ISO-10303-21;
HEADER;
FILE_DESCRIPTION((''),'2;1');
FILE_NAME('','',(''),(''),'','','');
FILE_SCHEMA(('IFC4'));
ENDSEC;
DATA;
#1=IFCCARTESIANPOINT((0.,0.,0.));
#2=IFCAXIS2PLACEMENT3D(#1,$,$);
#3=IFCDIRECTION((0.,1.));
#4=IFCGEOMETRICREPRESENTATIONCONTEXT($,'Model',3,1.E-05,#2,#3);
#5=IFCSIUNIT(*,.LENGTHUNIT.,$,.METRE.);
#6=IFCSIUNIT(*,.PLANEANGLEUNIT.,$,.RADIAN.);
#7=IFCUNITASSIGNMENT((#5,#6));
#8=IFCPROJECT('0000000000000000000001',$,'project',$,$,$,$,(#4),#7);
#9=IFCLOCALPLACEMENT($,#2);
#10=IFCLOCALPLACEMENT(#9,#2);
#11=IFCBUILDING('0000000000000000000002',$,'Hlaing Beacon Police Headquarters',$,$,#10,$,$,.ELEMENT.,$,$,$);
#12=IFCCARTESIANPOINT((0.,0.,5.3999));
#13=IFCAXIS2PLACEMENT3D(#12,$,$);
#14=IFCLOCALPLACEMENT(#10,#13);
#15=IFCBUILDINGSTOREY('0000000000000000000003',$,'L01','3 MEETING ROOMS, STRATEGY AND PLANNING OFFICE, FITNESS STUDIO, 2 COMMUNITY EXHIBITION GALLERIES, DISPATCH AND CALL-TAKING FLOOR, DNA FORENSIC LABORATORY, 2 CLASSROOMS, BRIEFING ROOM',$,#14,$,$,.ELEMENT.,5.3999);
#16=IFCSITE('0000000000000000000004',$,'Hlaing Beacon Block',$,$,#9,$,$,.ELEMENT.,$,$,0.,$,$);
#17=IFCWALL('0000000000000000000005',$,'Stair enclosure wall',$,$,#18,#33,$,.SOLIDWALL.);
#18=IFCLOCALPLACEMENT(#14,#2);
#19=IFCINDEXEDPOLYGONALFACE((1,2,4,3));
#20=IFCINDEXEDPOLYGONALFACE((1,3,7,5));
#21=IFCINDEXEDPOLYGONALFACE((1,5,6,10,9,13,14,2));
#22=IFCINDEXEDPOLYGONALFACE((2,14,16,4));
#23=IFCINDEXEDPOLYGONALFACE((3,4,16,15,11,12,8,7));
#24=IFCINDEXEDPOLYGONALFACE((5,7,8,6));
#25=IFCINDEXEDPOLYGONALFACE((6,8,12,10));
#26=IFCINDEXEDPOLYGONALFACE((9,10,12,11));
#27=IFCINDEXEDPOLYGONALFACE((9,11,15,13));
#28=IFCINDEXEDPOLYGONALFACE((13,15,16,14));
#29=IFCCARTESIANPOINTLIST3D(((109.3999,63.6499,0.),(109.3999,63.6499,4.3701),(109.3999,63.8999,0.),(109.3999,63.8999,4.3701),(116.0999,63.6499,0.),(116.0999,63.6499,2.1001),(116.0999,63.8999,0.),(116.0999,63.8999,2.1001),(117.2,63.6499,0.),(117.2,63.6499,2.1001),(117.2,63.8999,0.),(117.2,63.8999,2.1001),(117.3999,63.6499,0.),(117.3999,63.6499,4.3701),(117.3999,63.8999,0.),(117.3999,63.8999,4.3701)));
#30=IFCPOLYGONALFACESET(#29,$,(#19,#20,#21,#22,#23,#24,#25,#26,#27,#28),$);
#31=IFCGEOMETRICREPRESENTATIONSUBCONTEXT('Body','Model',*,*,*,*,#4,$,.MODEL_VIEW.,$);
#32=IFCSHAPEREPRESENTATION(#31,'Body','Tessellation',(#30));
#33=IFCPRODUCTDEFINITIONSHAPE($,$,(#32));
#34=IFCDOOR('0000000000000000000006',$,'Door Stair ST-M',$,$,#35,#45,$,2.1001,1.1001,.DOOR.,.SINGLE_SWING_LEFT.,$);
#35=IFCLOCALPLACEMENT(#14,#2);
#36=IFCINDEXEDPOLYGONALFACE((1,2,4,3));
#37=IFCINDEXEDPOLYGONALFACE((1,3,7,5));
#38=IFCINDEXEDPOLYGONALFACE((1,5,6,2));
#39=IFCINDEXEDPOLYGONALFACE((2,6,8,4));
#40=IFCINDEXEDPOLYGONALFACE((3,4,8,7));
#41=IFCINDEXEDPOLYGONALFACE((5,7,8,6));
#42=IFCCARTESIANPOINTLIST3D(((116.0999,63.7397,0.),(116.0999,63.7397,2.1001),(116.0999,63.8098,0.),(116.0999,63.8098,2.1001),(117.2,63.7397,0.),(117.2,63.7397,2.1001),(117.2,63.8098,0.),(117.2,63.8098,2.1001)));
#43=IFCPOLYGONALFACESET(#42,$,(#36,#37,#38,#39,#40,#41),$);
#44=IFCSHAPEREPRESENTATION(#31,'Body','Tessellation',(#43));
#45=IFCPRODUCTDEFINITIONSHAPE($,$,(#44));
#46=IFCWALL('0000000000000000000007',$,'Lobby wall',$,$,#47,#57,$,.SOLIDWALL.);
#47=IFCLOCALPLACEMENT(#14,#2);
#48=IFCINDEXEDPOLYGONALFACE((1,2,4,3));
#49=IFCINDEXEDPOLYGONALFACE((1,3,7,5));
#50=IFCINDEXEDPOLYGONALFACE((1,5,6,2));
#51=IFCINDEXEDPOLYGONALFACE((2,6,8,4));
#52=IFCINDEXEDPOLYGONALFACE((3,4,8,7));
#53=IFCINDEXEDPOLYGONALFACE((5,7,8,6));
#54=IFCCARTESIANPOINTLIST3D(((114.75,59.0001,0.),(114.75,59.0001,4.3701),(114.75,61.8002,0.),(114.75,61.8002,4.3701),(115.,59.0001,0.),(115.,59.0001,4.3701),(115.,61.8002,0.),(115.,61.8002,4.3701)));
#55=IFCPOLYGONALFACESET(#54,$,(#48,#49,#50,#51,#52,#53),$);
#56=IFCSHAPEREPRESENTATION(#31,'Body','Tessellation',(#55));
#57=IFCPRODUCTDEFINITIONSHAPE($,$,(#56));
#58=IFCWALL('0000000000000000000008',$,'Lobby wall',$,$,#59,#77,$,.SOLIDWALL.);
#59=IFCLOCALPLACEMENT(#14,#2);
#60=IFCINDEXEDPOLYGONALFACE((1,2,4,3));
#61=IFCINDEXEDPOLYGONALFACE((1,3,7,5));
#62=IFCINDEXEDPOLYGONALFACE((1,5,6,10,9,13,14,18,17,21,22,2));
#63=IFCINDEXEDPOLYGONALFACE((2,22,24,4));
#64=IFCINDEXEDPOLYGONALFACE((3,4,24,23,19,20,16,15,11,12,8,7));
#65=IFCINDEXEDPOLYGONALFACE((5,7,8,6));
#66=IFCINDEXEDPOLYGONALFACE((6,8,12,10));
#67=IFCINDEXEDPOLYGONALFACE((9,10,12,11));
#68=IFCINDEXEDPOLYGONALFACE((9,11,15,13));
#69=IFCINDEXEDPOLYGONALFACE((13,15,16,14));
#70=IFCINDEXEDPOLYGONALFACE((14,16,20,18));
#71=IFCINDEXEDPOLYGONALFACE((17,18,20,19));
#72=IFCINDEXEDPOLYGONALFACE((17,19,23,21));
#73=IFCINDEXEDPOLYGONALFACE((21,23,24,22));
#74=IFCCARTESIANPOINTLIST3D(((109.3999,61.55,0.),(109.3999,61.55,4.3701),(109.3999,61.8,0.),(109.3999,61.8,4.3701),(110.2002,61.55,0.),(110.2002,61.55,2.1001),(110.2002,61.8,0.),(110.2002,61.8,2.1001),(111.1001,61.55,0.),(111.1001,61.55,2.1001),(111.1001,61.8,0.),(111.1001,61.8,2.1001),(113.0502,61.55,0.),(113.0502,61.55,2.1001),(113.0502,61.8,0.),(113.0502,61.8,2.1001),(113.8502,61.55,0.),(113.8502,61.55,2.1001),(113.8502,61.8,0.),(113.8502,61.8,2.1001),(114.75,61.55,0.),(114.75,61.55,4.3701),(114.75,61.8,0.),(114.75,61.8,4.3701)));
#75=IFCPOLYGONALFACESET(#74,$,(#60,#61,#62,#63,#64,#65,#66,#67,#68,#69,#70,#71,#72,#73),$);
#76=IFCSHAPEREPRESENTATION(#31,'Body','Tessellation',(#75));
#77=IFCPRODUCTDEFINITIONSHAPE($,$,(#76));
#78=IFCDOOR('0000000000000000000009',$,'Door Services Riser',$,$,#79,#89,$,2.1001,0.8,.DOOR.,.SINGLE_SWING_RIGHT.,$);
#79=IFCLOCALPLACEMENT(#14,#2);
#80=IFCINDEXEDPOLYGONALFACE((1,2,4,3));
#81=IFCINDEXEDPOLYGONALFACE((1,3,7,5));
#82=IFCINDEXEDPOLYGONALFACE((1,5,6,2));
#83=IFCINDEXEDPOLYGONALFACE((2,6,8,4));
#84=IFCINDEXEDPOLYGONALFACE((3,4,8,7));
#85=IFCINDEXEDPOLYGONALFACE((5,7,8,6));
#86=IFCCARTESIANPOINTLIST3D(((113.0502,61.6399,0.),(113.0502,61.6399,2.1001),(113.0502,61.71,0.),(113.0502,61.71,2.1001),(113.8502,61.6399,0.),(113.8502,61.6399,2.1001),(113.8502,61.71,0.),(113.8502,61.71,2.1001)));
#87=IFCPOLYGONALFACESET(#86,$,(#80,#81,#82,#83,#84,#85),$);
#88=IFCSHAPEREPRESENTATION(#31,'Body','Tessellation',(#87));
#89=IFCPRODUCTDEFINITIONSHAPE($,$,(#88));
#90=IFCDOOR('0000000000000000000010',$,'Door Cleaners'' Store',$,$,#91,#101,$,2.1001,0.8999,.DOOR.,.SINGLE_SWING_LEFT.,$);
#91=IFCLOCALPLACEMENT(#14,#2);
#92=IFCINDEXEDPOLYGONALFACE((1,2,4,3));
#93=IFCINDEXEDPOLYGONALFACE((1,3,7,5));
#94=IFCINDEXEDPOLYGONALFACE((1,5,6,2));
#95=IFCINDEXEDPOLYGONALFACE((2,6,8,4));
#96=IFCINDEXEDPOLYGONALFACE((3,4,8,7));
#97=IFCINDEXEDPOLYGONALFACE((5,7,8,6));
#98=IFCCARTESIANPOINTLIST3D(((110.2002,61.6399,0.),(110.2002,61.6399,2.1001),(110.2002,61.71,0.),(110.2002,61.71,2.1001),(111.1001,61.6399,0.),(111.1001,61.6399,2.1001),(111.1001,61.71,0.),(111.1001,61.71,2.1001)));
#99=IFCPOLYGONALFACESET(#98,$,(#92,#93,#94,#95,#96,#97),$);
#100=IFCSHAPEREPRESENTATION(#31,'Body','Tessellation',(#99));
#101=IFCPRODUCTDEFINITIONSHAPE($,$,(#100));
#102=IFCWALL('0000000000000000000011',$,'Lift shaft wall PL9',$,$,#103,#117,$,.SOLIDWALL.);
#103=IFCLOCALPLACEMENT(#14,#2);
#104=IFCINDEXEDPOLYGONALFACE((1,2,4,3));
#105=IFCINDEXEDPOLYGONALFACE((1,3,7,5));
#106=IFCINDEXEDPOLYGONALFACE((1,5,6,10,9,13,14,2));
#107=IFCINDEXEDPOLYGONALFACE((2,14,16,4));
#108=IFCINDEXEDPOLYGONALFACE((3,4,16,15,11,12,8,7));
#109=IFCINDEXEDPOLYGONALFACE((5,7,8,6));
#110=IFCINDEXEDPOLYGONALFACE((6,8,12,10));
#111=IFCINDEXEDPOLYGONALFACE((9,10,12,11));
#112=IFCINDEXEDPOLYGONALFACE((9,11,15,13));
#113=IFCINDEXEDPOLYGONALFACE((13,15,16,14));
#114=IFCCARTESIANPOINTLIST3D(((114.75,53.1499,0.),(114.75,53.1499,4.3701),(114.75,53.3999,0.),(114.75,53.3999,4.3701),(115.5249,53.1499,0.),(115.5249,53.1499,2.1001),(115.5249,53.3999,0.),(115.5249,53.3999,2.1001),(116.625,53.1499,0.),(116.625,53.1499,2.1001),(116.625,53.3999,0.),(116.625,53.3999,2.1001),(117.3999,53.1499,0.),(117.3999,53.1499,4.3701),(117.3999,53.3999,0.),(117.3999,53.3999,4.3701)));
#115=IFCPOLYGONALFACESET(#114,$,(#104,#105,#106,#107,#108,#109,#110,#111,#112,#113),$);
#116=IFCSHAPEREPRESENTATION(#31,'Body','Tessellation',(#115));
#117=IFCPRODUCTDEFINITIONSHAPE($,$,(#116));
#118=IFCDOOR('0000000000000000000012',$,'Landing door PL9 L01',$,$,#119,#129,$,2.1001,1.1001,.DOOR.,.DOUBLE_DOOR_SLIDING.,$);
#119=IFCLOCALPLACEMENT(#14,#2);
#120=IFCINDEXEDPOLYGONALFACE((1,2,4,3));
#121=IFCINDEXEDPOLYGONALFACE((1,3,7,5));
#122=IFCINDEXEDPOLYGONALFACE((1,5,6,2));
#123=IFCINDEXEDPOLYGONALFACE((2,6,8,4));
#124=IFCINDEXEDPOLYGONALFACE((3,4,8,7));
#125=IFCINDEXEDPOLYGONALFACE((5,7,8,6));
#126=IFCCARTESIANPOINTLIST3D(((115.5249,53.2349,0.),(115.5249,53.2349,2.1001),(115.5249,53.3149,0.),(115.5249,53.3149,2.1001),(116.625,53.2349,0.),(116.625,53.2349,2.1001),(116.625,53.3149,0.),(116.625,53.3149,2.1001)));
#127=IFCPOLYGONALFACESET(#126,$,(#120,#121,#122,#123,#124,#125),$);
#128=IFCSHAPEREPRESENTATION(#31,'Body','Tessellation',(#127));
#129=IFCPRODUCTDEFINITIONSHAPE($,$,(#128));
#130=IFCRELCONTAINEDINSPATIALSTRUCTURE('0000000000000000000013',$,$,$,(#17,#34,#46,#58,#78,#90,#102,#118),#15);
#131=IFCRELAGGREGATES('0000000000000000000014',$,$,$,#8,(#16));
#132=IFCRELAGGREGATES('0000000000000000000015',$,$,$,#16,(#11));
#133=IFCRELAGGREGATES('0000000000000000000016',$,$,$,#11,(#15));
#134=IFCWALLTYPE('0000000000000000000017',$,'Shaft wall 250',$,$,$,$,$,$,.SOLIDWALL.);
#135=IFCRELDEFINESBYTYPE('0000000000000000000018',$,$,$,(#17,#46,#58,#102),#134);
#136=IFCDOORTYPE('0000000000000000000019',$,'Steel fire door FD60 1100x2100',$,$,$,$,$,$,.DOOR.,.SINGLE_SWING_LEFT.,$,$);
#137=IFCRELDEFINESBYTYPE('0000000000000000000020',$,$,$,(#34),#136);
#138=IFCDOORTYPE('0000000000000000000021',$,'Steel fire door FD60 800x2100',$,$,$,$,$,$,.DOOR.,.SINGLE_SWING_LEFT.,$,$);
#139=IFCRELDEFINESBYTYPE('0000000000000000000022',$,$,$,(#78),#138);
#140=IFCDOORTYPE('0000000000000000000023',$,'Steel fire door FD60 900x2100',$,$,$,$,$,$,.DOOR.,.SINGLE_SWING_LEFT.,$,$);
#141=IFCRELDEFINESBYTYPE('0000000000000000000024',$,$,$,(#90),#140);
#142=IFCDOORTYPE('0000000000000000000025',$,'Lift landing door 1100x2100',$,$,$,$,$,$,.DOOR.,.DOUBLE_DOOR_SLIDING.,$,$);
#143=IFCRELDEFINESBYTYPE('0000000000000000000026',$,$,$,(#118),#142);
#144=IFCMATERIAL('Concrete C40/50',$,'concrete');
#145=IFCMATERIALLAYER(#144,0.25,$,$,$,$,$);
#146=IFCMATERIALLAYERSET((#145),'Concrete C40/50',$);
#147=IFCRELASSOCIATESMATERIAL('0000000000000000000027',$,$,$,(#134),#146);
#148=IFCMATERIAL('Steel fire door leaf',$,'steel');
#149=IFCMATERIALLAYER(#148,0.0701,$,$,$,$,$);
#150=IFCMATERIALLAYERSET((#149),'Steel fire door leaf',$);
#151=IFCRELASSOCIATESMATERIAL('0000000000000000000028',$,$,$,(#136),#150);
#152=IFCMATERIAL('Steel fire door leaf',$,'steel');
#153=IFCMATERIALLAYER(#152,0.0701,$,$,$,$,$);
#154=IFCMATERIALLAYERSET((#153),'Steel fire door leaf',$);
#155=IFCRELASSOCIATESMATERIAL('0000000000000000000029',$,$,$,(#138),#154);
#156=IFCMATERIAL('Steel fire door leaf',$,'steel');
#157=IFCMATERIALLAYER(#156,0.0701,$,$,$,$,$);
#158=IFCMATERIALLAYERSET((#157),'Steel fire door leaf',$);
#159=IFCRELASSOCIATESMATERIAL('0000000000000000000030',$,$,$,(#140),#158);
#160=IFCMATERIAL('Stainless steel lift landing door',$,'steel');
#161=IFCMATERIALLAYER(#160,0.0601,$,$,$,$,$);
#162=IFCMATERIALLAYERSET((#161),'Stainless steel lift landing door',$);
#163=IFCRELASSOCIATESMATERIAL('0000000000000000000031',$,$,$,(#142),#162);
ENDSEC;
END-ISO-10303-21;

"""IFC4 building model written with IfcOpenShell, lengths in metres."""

from ifc_helpers import new_model, si_unit, direction, frame, frame_2d, origin, place, context, subcontext, project, spatial, rectangle, extrude, material, layer, layer_set, type_object, element, fill, save


model = new_model("IFC4")

# Units and contexts
model_context = context("Model", 3, precision=1e-05, world=origin(), true_north=direction((0.0, 1.0)))
body_context = subcontext(model_context, "Body", "Model", "MODEL_VIEW")
ifc_project = project(units=[si_unit("LENGTHUNIT", "METRE"), si_unit("PLANEANGLEUNIT", "RADIAN")], contexts=[model_context])

# Site, building, storey
site_placement = place(None, origin())
site = spatial("IfcSite", under=ifc_project, at=site_placement, Name="Hlaing Beacon Block", CompositionType="ELEMENT", RefElevation=0.0)
building_placement = place(site_placement, origin())
building = spatial("IfcBuilding", under=site, at=building_placement, Name="Hlaing Beacon Police Headquarters", CompositionType="ELEMENT")
storey_placement = place(building_placement, frame((0.0, 0.0, 5.3999)))
storey = spatial("IfcBuildingStorey", under=building, at=storey_placement, Name="L01", Description="3 MEETING ROOMS, STRATEGY AND PLANNING OFFICE, FITNESS STUDIO, 2 COMMUNITY EXHIBITION GALLERIES, DISPATCH AND CALL-TAKING FLOOR, DNA FORENSIC LABORATORY, 2 CLASSROOMS, BRIEFING ROOM", CompositionType="ELEMENT", Elevation=5.3999)

# Shared definitions
ifc_material_1 = material(Name="Concrete C40/50", Category="concrete")
ifc_layer_1 = layer(ifc_material_1, 0.25)
ifc_layer_set_1 = layer_set([ifc_layer_1], Name="Concrete C40/50")
wall_type_1 = type_object("IfcWallType", Name="Shaft wall 250", PredefinedType="SOLIDWALL", material=ifc_layer_set_1)

# Wall, opening, door
wall_1_placement = place(storey_placement, frame((117.3999, 63.7749, 0.0), z_axis=(0.0, 0.0, 1.0), x_axis=(-1.0, 0.0, 0.0)))
wall_1 = element("IfcWall", 1, at=wall_1_placement, inside=storey, type_object=wall_type_1, Name="Stair enclosure wall", PredefinedType="SOLIDWALL", context=body_context, shape_type="SweptSolid", body=[
    extrude(rectangle(XDim=8.0, YDim=0.25, at=frame_2d((4.0, 0.0))), origin(), (0.0, 0.0, 1.0), 4.3701),
])
opening_1_placement = place(wall_1_placement, frame((0.2, 0.0, 0.0)))
opening_1 = element("IfcOpeningElement", 2, at=opening_1_placement, cuts=wall_1, PredefinedType="OPENING", context=body_context, shape_type="SweptSolid", body=[
    extrude(rectangle(XDim=1.1001, YDim=2.1001, at=frame_2d((0.55, 1.05))), frame((0.0, 0.135, 0.0), z_axis=(0.0, -1.0, 0.0), x_axis=(1.0, 0.0, 0.0)), (0.0, 0.0, 1.0), 0.27),
])
ifc_material_2 = material(Name="Steel fire door leaf", Category="steel")
ifc_layer_2 = layer(ifc_material_2, 0.0701)
ifc_layer_set_2 = layer_set([ifc_layer_2], Name="Steel fire door leaf")
door_type_1 = type_object("IfcDoorType", Name="Steel fire door FD60 1100x2100", OperationType="SINGLE_SWING_LEFT", PredefinedType="DOOR", material=ifc_layer_set_2)
door_1_placement = place(opening_1_placement, frame((1.1001, 0.0, 0.0), z_axis=(0.0, 0.0, 1.0), x_axis=(-1.0, 0.0, 0.0)))
door_1 = element("IfcDoor", 3, at=door_1_placement, inside=storey, type_object=door_type_1, Name="Door Stair ST-M", OperationType="SINGLE_SWING_LEFT", OverallHeight=2.1001, OverallWidth=1.1001, PredefinedType="DOOR", context=body_context, shape_type="SweptSolid", body=[
    extrude(rectangle(XDim=1.1001, YDim=2.1001, at=frame_2d((0.55, 1.05))), frame((0.0, 0.0349, 0.0), z_axis=(0.0, -1.0, 0.0), x_axis=(1.0, 0.0, 0.0)), (0.0, 0.0, 1.0), 0.0701),
])
fill(opening_1, door_1)

# Wall
wall_2_placement = place(storey_placement, frame((114.875, 61.8, 0.0), z_axis=(0.0, 0.0, 1.0), x_axis=(0.0, -1.0, 0.0)))
element("IfcWall", 4, at=wall_2_placement, inside=storey, type_object=wall_type_1, Name="Lobby wall", PredefinedType="SOLIDWALL", context=body_context, shape_type="SweptSolid", body=[
    extrude(rectangle(XDim=2.8, YDim=0.25, at=frame_2d((1.3999, 0.0))), origin(), (0.0, 0.0, 1.0), 4.3701),
])

# Wall, openings, doors
wall_3_placement = place(storey_placement, frame((114.75, 61.675, 0.0), z_axis=(0.0, 0.0, 1.0), x_axis=(-1.0, 0.0, 0.0)))
wall_3 = element("IfcWall", 5, at=wall_3_placement, inside=storey, type_object=wall_type_1, Name="Lobby wall", PredefinedType="SOLIDWALL", context=body_context, shape_type="SweptSolid", body=[
    extrude(rectangle(XDim=5.3501, YDim=0.25, at=frame_2d((2.675, 0.0))), origin(), (0.0, 0.0, 1.0), 4.3701),
])
opening_2_placement = place(wall_3_placement, frame((3.6499, 0.0, 0.0)))
opening_2 = element("IfcOpeningElement", 6, at=opening_2_placement, cuts=wall_3, PredefinedType="OPENING", context=body_context, shape_type="SweptSolid", body=[
    extrude(rectangle(XDim=0.8999, YDim=2.1001, at=frame_2d((0.45, 1.05))), frame((0.0, 0.135, 0.0), z_axis=(0.0, -1.0, 0.0), x_axis=(1.0, 0.0, 0.0)), (0.0, 0.0, 1.0), 0.27),
])
opening_3_placement = place(wall_3_placement, frame((0.8999, 0.0, 0.0)))
opening_3 = element("IfcOpeningElement", 7, at=opening_3_placement, cuts=wall_3, PredefinedType="OPENING", context=body_context, shape_type="SweptSolid", body=[
    extrude(rectangle(XDim=0.8, YDim=2.1001, at=frame_2d((0.3999, 1.05))), frame((0.0, 0.135, 0.0), z_axis=(0.0, -1.0, 0.0), x_axis=(1.0, 0.0, 0.0)), (0.0, 0.0, 1.0), 0.27),
])
ifc_material_3 = material(Name="Steel fire door leaf", Category="steel")
ifc_layer_3 = layer(ifc_material_3, 0.0701)
ifc_layer_set_3 = layer_set([ifc_layer_3], Name="Steel fire door leaf")
door_type_2 = type_object("IfcDoorType", Name="Steel fire door FD60 800x2100", OperationType="SINGLE_SWING_LEFT", PredefinedType="DOOR", material=ifc_layer_set_3)
door_2_placement = place(opening_3_placement, origin())
door_2 = element("IfcDoor", 8, at=door_2_placement, inside=storey, type_object=door_type_2, Name="Door Services Riser", OperationType="SINGLE_SWING_RIGHT", OverallHeight=2.1001, OverallWidth=0.8, PredefinedType="DOOR", context=body_context, shape_type="SweptSolid", body=[
    extrude(rectangle(XDim=0.8, YDim=2.1001, at=frame_2d((0.3999, 1.05))), frame((0.0, 0.0352, 0.0), z_axis=(0.0, -1.0, 0.0), x_axis=(1.0, 0.0, 0.0)), (0.0, 0.0, 1.0), 0.0701),
])
fill(opening_3, door_2)
ifc_material_4 = material(Name="Steel fire door leaf", Category="steel")
ifc_layer_4 = layer(ifc_material_4, 0.0701)
ifc_layer_set_4 = layer_set([ifc_layer_4], Name="Steel fire door leaf")
door_type_3 = type_object("IfcDoorType", Name="Steel fire door FD60 900x2100", OperationType="SINGLE_SWING_LEFT", PredefinedType="DOOR", material=ifc_layer_set_4)
door_3_placement = place(opening_2_placement, origin())
door_3 = element("IfcDoor", 9, at=door_3_placement, inside=storey, type_object=door_type_3, Name="Door Cleaners' Store", OperationType="SINGLE_SWING_LEFT", OverallHeight=2.1001, OverallWidth=0.8999, PredefinedType="DOOR", context=body_context, shape_type="SweptSolid", body=[
    extrude(rectangle(XDim=0.8999, YDim=2.1001, at=frame_2d((0.45, 1.05))), frame((0.0, 0.0352, 0.0), z_axis=(0.0, -1.0, 0.0), x_axis=(1.0, 0.0, 0.0)), (0.0, 0.0, 1.0), 0.0701),
])
fill(opening_2, door_3)

# Wall, opening, door
wall_4_placement = place(storey_placement, frame((114.75, 53.2749, 0.0), z_axis=(0.0, 0.0, 1.0), x_axis=(1.0, 0.0, 0.0)))
wall_4 = element("IfcWall", 10, at=wall_4_placement, inside=storey, type_object=wall_type_1, Name="Lift shaft wall PL9", PredefinedType="SOLIDWALL", context=body_context, shape_type="SweptSolid", body=[
    extrude(rectangle(XDim=2.6499, YDim=0.25, at=frame_2d((1.325, 0.0))), origin(), (0.0, 0.0, 1.0), 4.3701),
])
opening_4_placement = place(wall_4_placement, frame((0.7749, 0.0, 0.0)))
opening_4 = element("IfcOpeningElement", 11, at=opening_4_placement, cuts=wall_4, PredefinedType="OPENING", context=body_context, shape_type="SweptSolid", body=[
    extrude(rectangle(XDim=1.1001, YDim=2.1001, at=frame_2d((0.55, 1.05))), frame((0.0, 0.135, 0.0), z_axis=(0.0, -1.0, 0.0), x_axis=(1.0, 0.0, 0.0)), (0.0, 0.0, 1.0), 0.27),
])
ifc_material_5 = material(Name="Stainless steel lift landing door", Category="steel")
ifc_layer_5 = layer(ifc_material_5, 0.0601)
ifc_layer_set_5 = layer_set([ifc_layer_5], Name="Stainless steel lift landing door")
door_type_4 = type_object("IfcDoorType", Name="Lift landing door 1100x2100", OperationType="DOUBLE_DOOR_SLIDING", PredefinedType="DOOR", material=ifc_layer_set_5)
door_4_placement = place(opening_4_placement, origin())
door_4 = element("IfcDoor", 12, at=door_4_placement, inside=storey, type_object=door_type_4, Name="Landing door PL9 L01", OperationType="DOUBLE_DOOR_SLIDING", OverallHeight=2.1001, OverallWidth=1.1001, PredefinedType="DOOR", context=body_context, shape_type="SweptSolid", body=[
    extrude(rectangle(XDim=1.1001, YDim=2.1001, at=frame_2d((0.55, 1.05))), frame((0.0, 0.04, 0.0), z_axis=(0.0, -1.0, 0.0), x_axis=(1.0, 0.0, 0.0)), (0.0, 0.0, 1.0), 0.0801),
])
fill(opening_4, door_4)

save(model, "model.ifc")
